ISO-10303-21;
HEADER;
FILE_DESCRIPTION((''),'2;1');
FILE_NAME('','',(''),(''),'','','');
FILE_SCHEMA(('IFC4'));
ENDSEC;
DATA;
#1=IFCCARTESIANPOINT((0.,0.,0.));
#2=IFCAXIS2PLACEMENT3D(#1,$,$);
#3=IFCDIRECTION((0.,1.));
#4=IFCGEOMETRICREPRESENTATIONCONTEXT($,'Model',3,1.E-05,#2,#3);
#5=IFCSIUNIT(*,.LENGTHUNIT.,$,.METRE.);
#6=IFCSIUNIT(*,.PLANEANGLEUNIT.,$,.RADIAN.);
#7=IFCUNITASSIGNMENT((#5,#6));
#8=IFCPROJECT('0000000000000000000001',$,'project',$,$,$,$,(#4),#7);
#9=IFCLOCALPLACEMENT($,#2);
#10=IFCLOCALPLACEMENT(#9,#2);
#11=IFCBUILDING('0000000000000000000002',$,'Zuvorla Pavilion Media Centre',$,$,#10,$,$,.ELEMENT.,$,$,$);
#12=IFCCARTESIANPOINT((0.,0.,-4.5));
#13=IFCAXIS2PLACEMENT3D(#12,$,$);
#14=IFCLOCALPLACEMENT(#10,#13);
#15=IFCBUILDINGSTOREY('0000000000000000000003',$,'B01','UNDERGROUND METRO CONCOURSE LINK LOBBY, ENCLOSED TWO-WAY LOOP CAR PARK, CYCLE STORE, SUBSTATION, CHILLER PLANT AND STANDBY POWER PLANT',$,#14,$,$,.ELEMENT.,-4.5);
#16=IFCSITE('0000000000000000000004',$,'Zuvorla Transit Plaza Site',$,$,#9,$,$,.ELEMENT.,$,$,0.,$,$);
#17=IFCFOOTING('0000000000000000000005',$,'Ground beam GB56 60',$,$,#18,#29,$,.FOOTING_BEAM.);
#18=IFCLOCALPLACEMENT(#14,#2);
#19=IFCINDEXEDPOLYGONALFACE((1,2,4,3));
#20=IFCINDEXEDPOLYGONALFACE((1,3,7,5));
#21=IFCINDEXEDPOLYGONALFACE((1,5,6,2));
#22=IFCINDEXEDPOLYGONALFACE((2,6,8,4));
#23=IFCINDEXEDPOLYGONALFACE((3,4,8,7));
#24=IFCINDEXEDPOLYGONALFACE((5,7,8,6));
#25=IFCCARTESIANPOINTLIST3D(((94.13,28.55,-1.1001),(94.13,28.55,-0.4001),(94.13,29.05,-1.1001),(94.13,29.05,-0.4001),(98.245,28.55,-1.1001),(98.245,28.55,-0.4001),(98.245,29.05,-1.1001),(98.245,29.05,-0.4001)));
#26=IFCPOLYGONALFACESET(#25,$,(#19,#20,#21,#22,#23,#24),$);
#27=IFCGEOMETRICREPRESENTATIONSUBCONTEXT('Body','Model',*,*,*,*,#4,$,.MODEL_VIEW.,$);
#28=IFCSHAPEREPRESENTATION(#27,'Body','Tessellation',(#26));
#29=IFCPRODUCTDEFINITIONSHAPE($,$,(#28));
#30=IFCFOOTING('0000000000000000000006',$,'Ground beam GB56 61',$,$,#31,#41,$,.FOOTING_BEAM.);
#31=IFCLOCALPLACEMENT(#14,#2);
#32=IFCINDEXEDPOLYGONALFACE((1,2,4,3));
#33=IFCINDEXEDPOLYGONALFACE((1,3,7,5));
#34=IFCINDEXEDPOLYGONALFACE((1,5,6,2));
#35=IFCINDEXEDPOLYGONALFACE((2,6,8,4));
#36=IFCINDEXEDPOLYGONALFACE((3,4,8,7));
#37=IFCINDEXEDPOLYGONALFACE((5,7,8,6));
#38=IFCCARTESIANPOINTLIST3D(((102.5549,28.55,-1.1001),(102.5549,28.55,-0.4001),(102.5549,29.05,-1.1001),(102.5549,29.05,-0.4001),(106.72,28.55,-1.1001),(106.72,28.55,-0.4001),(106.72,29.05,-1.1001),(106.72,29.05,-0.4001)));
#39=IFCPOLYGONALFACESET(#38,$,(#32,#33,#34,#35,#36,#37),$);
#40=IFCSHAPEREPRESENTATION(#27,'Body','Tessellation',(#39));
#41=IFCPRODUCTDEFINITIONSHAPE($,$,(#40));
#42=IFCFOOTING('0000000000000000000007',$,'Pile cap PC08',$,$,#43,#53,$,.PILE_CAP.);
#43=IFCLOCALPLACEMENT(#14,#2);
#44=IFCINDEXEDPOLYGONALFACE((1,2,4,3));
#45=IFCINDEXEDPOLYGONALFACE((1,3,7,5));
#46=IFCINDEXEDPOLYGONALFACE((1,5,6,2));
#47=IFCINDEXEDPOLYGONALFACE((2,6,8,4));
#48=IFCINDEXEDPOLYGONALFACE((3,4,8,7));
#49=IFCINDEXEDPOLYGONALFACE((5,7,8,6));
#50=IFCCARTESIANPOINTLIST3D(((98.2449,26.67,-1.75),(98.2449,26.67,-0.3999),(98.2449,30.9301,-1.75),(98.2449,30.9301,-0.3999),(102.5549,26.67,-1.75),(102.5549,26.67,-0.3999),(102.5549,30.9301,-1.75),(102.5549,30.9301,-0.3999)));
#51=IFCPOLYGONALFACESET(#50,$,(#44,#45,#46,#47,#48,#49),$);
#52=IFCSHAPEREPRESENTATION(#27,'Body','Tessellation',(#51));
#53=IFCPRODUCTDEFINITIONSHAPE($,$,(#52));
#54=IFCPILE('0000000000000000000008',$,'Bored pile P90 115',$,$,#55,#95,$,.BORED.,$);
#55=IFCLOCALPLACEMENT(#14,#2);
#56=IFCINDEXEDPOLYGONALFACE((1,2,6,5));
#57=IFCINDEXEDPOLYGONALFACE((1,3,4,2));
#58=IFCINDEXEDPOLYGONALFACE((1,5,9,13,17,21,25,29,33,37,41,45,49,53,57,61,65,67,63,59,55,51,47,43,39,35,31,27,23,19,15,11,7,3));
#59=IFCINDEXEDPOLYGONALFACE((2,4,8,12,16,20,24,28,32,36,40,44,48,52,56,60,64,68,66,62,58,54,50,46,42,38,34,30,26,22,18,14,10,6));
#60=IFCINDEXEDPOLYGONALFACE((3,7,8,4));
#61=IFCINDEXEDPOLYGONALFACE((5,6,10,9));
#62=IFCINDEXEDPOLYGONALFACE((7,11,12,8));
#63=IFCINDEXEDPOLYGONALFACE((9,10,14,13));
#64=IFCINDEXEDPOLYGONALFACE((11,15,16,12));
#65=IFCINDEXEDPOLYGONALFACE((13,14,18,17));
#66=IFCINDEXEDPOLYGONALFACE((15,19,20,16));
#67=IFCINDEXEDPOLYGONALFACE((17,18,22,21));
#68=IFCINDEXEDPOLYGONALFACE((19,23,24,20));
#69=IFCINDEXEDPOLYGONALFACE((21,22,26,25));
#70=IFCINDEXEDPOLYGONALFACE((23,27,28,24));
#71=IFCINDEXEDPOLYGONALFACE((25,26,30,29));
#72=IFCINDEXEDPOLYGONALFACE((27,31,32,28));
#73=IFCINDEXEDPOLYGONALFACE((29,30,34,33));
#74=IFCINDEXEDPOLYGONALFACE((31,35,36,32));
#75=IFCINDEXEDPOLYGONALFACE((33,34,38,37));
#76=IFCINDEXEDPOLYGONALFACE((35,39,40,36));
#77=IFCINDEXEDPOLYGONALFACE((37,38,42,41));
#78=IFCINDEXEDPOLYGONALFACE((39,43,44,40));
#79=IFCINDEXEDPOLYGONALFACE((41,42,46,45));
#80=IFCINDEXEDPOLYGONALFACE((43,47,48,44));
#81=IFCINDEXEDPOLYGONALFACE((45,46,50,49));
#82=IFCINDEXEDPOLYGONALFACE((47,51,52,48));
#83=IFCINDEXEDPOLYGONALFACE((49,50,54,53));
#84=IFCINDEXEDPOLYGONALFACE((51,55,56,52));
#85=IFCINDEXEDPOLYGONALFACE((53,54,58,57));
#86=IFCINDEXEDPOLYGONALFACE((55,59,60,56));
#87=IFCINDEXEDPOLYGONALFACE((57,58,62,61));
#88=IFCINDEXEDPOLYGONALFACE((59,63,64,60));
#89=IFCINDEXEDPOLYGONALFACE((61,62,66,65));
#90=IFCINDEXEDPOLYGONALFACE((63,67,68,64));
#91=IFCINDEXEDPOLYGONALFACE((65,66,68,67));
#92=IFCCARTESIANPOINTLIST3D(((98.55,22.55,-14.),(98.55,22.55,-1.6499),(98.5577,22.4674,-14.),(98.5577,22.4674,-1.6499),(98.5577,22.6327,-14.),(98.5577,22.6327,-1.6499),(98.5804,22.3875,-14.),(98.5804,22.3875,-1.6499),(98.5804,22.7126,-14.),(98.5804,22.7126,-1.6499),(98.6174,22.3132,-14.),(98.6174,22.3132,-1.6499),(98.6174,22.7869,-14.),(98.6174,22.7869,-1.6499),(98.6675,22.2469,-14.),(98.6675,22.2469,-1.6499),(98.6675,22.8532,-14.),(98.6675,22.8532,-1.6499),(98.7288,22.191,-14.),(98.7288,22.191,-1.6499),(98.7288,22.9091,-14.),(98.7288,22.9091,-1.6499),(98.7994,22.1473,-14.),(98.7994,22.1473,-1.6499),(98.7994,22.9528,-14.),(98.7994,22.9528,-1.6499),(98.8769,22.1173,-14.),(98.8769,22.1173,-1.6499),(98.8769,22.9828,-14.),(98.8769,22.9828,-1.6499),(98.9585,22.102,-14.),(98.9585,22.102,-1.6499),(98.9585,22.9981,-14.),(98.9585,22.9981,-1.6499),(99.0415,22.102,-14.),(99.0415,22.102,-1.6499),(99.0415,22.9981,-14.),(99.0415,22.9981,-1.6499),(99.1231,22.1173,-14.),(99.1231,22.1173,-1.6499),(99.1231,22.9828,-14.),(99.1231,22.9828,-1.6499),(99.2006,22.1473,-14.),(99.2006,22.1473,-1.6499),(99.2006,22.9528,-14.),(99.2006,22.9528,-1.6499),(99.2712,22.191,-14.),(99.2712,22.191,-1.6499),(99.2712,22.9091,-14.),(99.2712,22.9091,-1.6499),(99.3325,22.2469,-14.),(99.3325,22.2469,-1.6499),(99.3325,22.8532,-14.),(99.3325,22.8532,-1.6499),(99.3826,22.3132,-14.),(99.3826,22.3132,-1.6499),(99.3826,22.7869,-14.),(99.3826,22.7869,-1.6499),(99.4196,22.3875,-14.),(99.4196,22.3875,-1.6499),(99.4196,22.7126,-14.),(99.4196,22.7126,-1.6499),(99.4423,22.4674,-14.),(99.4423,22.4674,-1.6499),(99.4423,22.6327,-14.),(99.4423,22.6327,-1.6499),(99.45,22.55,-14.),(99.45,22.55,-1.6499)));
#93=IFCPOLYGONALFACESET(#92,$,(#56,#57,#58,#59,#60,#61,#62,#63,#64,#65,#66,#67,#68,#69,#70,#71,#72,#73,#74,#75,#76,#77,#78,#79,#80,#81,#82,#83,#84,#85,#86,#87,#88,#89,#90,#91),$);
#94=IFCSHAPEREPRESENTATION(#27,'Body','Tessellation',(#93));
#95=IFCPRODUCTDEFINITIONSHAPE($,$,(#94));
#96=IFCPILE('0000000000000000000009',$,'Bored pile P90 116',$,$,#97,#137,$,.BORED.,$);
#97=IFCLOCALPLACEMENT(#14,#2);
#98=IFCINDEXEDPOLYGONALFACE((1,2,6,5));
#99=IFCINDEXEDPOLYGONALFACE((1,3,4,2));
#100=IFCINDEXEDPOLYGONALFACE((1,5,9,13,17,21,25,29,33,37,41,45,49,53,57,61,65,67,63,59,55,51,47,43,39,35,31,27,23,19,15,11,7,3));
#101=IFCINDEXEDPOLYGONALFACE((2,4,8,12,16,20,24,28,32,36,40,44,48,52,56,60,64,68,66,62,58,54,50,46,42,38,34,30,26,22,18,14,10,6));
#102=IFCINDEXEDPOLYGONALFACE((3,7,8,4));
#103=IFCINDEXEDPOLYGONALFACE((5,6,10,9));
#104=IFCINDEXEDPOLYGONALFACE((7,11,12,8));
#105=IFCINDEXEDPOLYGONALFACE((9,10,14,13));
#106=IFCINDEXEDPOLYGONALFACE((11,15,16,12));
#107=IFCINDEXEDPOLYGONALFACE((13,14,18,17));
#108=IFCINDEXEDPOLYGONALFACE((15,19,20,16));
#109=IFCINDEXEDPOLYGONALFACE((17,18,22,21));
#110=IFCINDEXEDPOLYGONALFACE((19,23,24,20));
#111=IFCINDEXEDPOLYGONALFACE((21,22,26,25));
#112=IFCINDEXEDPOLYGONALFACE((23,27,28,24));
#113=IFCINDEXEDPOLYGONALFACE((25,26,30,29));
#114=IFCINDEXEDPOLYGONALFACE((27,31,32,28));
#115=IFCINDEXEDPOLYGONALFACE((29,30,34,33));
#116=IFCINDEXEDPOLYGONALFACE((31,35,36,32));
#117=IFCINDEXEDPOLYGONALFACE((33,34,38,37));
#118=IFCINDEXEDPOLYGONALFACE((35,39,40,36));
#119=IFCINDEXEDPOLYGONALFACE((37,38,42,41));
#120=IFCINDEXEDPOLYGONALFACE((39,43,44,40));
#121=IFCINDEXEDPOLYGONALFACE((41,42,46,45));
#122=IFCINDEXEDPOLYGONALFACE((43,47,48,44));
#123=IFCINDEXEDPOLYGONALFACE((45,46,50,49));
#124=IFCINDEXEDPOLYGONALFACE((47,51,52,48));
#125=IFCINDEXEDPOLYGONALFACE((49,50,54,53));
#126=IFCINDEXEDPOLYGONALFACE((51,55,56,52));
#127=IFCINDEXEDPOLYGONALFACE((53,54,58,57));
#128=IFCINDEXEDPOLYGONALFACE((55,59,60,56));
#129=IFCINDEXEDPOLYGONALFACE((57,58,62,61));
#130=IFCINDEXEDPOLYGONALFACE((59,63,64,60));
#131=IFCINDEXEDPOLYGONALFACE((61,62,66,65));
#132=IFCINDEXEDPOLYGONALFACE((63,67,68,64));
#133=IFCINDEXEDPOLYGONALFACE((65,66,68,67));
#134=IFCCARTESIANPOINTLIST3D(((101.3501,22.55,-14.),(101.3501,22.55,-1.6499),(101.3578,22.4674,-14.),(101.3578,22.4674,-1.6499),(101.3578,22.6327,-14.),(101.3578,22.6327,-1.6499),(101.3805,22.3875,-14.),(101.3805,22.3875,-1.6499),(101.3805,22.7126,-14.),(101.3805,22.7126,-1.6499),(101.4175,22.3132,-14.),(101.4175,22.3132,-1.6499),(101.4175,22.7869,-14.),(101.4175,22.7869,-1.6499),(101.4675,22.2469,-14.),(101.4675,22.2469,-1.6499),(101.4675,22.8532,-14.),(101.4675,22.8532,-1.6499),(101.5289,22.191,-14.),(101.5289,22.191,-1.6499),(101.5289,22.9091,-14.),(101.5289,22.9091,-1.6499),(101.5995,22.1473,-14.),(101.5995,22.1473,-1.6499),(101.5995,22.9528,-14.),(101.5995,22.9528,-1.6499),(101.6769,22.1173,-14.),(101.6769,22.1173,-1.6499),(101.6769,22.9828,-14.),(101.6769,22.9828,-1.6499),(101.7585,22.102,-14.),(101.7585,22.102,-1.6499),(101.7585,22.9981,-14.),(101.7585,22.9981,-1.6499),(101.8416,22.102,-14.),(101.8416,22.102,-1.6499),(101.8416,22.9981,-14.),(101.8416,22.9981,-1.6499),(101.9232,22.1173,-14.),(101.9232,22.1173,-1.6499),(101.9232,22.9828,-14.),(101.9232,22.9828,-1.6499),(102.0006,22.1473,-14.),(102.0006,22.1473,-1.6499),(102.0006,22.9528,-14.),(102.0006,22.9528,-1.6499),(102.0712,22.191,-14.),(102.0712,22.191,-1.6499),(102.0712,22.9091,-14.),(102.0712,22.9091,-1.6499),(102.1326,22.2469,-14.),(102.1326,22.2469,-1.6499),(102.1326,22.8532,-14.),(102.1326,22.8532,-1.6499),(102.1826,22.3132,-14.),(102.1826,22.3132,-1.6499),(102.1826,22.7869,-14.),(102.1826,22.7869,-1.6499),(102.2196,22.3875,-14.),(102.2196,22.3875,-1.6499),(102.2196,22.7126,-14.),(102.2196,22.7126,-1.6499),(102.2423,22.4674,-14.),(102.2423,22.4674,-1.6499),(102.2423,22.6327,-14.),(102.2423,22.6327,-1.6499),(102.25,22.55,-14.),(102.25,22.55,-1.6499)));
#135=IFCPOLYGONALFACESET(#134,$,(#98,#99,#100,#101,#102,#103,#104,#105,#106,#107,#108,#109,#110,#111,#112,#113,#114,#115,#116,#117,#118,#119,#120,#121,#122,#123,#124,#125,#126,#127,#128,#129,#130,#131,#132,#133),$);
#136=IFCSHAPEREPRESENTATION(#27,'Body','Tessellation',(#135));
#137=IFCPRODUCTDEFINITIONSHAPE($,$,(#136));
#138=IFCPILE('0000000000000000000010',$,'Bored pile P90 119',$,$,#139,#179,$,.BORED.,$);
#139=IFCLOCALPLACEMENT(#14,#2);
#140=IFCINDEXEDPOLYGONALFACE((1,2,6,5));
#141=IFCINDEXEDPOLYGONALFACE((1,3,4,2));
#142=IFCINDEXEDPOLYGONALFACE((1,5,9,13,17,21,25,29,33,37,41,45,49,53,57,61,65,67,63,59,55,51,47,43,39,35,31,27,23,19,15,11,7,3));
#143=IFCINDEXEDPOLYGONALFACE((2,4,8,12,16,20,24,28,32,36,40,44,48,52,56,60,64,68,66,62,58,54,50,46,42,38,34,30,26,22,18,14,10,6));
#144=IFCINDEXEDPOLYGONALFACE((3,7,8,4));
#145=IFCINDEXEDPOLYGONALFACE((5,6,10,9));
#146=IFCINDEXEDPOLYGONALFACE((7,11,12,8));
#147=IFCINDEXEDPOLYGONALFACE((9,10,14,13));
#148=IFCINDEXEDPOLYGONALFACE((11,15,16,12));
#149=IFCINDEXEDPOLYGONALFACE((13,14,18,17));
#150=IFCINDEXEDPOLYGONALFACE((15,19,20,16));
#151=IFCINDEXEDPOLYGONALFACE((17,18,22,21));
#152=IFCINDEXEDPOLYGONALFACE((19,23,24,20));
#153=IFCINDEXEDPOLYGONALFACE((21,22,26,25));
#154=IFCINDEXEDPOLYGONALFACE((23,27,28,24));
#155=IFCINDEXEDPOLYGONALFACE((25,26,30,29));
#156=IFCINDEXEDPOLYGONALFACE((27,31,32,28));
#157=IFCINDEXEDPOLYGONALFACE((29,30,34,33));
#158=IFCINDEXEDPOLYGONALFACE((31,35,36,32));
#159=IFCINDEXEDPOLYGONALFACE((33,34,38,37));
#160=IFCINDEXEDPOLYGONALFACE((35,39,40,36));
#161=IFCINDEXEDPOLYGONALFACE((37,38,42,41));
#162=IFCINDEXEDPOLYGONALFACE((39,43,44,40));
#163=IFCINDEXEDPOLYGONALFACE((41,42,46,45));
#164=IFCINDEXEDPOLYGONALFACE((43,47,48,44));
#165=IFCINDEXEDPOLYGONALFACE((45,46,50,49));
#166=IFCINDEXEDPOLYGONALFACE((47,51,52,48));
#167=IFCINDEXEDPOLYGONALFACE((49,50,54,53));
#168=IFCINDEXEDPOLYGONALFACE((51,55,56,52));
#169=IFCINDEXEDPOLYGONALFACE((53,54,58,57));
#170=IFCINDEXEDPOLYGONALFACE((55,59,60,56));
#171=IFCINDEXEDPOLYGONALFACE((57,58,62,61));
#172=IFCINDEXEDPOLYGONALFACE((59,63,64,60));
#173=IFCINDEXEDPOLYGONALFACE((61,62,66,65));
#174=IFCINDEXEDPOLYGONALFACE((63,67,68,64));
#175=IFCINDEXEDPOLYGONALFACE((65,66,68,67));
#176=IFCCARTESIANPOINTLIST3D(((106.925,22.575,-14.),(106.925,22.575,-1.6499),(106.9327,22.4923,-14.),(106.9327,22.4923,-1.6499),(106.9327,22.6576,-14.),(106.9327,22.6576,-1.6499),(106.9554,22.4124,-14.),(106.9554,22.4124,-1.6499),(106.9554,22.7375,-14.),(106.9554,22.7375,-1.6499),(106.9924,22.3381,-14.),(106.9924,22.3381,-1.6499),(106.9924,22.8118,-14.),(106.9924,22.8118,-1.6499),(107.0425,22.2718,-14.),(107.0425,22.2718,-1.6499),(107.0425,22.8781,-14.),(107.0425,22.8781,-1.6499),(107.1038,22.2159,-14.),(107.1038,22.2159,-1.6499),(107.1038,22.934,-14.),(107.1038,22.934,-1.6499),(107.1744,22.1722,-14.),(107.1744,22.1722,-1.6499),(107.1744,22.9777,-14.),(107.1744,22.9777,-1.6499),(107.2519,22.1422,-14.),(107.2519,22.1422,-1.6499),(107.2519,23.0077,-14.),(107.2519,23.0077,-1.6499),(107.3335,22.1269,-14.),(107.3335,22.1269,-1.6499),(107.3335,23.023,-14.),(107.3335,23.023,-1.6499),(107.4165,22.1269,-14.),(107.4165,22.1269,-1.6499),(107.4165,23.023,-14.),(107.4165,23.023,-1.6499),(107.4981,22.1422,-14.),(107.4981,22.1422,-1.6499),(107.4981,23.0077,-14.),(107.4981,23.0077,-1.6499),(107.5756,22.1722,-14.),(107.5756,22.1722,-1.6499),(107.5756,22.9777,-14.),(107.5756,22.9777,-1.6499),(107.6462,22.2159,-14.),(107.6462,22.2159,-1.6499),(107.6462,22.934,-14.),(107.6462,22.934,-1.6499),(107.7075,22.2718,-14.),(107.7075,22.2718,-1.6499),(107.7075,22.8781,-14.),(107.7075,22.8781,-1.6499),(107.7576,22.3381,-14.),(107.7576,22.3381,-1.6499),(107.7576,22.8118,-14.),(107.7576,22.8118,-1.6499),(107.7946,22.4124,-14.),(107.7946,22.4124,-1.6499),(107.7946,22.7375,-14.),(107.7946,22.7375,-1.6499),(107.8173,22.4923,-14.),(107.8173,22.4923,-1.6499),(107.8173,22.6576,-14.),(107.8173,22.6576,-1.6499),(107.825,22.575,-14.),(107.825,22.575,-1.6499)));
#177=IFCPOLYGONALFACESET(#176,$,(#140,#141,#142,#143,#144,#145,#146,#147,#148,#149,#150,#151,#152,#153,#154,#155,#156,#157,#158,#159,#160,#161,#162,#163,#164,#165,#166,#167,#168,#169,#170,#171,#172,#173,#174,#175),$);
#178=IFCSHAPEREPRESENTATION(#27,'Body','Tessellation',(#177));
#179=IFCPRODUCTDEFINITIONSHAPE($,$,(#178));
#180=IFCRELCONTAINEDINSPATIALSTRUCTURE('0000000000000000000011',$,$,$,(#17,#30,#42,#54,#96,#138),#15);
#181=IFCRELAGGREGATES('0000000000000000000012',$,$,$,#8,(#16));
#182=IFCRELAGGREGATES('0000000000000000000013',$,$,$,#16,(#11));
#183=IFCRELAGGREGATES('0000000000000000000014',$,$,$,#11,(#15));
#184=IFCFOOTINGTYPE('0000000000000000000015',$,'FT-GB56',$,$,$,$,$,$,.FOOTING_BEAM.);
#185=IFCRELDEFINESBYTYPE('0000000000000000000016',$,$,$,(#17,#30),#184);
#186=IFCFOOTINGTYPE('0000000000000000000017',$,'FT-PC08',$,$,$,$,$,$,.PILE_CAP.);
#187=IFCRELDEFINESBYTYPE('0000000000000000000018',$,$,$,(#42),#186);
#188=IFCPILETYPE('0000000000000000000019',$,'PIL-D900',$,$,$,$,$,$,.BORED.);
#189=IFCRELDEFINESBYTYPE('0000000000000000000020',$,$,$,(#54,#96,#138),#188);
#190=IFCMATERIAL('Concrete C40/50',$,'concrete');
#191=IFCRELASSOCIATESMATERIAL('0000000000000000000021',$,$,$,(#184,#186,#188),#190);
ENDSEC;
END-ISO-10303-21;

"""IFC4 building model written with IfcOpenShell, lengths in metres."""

from ifc_helpers import new_model, si_unit, direction, frame, origin, origin_2d, place, context, subcontext, project, spatial, rectangle, circle, extrude, material, material_profile, profile_set, type_object, element, save


model = new_model("IFC4")

# Units and contexts
model_context = context("Model", 3, precision=1e-05, world=origin(), true_north=direction((0.0, 1.0)))
body_context = subcontext(model_context, "Body", "Model", "MODEL_VIEW")
ifc_project = project(units=[si_unit("LENGTHUNIT", "METRE"), si_unit("PLANEANGLEUNIT", "RADIAN")], contexts=[model_context])

# Site, building, storey
site_placement = place(None, origin())
site = spatial("IfcSite", under=ifc_project, at=site_placement, Name="Zuvorla Transit Plaza Site", CompositionType="ELEMENT", RefElevation=0.0)
building_placement = place(site_placement, origin())
building = spatial("IfcBuilding", under=site, at=building_placement, Name="Zuvorla Pavilion Media Centre", CompositionType="ELEMENT")
storey_placement = place(building_placement, frame((0.0, 0.0, -4.5)))
storey = spatial("IfcBuildingStorey", under=building, at=storey_placement, Name="B01", Description="UNDERGROUND METRO CONCOURSE LINK LOBBY, ENCLOSED TWO-WAY LOOP CAR PARK, CYCLE STORE, SUBSTATION, CHILLER PLANT AND STANDBY POWER PLANT", CompositionType="ELEMENT", Elevation=-4.5)

# Footings
ifc_material_1 = material(Name="Concrete C40/50", Category="concrete")
footing_type_1 = type_object("IfcFootingType", Name="FT-GB56", PredefinedType="FOOTING_BEAM", material=ifc_material_1)
footing_1_placement = place(storey_placement, frame((96.1875, 28.8, -1.1001), z_axis=(0.0, 0.0, 1.0), x_axis=(1.0, 0.0, 0.0)))
element("IfcFooting", 1, at=footing_1_placement, inside=storey, type_object=footing_type_1, Name="Ground beam GB56 60", PredefinedType="FOOTING_BEAM", context=body_context, shape_type="SweptSolid", body=[
    extrude(rectangle(XDim=4.115, YDim=0.5, at=origin_2d()), origin(), (0.0, 0.0, 1.0), 0.7),
])
footing_2_placement = place(storey_placement, frame((104.6375, 28.8, -1.1001), z_axis=(0.0, 0.0, 1.0), x_axis=(1.0, 0.0, 0.0)))
element("IfcFooting", 2, at=footing_2_placement, inside=storey, type_object=footing_type_1, Name="Ground beam GB56 61", PredefinedType="FOOTING_BEAM", context=body_context, shape_type="SweptSolid", body=[
    extrude(rectangle(XDim=4.165, YDim=0.5, at=origin_2d()), origin(), (0.0, 0.0, 1.0), 0.7),
])
footing_type_2 = type_object("IfcFootingType", Name="FT-PC08", PredefinedType="PILE_CAP", material=ifc_material_1)
footing_3_placement = place(storey_placement, frame((100.3999, 28.8, -1.75), z_axis=(0.0, 0.0, 1.0), x_axis=(1.0, 0.0, 0.0)))
element("IfcFooting", 3, at=footing_3_placement, inside=storey, type_object=footing_type_2, Name="Pile cap PC08", PredefinedType="PILE_CAP", context=body_context, shape_type="SweptSolid", body=[
    extrude(rectangle(XDim=4.3101, YDim=4.26, at=origin_2d()), origin(), (0.0, 0.0, 1.0), 1.3501),
])

# Piles
ifc_material_profile_1 = material_profile(ifc_material_1, circle(Radius=0.45, at=origin_2d()), Name="BORED PILE 900")
ifc_profile_set_1 = profile_set([ifc_material_profile_1], Name="Concrete C40/50")
pile_type = type_object("IfcPileType", Name="PIL-D900", PredefinedType="BORED", material=ifc_profile_set_1)
for number, where, z_axis, x_axis, name in (
    (4, (99.0, 22.55, -1.6499), (0.0, 0.0, -1.0), (1.0, 0.0, 0.0), "Bored pile P90 115"),
    (5, (101.8, 22.55, -1.6499), (0.0, 0.0, -1.0), (1.0, 0.0, 0.0), "Bored pile P90 116"),
    (6, (107.375, 22.575, -1.6499), (0.0, 0.0, -1.0), (1.0, 0.0, 0.0), "Bored pile P90 119"),
):
    element("IfcPile", number, at=place(storey_placement, frame(where, z_axis=z_axis, x_axis=x_axis)), inside=storey, type_object=pile_type, Name=name, PredefinedType="BORED", context=body_context, shape_type="SweptSolid", body=[
        extrude(circle(Radius=0.45, at=origin_2d()), origin(), (0.0, 0.0, 1.0), 12.3501),
    ])

save(model, "model.ifc")
